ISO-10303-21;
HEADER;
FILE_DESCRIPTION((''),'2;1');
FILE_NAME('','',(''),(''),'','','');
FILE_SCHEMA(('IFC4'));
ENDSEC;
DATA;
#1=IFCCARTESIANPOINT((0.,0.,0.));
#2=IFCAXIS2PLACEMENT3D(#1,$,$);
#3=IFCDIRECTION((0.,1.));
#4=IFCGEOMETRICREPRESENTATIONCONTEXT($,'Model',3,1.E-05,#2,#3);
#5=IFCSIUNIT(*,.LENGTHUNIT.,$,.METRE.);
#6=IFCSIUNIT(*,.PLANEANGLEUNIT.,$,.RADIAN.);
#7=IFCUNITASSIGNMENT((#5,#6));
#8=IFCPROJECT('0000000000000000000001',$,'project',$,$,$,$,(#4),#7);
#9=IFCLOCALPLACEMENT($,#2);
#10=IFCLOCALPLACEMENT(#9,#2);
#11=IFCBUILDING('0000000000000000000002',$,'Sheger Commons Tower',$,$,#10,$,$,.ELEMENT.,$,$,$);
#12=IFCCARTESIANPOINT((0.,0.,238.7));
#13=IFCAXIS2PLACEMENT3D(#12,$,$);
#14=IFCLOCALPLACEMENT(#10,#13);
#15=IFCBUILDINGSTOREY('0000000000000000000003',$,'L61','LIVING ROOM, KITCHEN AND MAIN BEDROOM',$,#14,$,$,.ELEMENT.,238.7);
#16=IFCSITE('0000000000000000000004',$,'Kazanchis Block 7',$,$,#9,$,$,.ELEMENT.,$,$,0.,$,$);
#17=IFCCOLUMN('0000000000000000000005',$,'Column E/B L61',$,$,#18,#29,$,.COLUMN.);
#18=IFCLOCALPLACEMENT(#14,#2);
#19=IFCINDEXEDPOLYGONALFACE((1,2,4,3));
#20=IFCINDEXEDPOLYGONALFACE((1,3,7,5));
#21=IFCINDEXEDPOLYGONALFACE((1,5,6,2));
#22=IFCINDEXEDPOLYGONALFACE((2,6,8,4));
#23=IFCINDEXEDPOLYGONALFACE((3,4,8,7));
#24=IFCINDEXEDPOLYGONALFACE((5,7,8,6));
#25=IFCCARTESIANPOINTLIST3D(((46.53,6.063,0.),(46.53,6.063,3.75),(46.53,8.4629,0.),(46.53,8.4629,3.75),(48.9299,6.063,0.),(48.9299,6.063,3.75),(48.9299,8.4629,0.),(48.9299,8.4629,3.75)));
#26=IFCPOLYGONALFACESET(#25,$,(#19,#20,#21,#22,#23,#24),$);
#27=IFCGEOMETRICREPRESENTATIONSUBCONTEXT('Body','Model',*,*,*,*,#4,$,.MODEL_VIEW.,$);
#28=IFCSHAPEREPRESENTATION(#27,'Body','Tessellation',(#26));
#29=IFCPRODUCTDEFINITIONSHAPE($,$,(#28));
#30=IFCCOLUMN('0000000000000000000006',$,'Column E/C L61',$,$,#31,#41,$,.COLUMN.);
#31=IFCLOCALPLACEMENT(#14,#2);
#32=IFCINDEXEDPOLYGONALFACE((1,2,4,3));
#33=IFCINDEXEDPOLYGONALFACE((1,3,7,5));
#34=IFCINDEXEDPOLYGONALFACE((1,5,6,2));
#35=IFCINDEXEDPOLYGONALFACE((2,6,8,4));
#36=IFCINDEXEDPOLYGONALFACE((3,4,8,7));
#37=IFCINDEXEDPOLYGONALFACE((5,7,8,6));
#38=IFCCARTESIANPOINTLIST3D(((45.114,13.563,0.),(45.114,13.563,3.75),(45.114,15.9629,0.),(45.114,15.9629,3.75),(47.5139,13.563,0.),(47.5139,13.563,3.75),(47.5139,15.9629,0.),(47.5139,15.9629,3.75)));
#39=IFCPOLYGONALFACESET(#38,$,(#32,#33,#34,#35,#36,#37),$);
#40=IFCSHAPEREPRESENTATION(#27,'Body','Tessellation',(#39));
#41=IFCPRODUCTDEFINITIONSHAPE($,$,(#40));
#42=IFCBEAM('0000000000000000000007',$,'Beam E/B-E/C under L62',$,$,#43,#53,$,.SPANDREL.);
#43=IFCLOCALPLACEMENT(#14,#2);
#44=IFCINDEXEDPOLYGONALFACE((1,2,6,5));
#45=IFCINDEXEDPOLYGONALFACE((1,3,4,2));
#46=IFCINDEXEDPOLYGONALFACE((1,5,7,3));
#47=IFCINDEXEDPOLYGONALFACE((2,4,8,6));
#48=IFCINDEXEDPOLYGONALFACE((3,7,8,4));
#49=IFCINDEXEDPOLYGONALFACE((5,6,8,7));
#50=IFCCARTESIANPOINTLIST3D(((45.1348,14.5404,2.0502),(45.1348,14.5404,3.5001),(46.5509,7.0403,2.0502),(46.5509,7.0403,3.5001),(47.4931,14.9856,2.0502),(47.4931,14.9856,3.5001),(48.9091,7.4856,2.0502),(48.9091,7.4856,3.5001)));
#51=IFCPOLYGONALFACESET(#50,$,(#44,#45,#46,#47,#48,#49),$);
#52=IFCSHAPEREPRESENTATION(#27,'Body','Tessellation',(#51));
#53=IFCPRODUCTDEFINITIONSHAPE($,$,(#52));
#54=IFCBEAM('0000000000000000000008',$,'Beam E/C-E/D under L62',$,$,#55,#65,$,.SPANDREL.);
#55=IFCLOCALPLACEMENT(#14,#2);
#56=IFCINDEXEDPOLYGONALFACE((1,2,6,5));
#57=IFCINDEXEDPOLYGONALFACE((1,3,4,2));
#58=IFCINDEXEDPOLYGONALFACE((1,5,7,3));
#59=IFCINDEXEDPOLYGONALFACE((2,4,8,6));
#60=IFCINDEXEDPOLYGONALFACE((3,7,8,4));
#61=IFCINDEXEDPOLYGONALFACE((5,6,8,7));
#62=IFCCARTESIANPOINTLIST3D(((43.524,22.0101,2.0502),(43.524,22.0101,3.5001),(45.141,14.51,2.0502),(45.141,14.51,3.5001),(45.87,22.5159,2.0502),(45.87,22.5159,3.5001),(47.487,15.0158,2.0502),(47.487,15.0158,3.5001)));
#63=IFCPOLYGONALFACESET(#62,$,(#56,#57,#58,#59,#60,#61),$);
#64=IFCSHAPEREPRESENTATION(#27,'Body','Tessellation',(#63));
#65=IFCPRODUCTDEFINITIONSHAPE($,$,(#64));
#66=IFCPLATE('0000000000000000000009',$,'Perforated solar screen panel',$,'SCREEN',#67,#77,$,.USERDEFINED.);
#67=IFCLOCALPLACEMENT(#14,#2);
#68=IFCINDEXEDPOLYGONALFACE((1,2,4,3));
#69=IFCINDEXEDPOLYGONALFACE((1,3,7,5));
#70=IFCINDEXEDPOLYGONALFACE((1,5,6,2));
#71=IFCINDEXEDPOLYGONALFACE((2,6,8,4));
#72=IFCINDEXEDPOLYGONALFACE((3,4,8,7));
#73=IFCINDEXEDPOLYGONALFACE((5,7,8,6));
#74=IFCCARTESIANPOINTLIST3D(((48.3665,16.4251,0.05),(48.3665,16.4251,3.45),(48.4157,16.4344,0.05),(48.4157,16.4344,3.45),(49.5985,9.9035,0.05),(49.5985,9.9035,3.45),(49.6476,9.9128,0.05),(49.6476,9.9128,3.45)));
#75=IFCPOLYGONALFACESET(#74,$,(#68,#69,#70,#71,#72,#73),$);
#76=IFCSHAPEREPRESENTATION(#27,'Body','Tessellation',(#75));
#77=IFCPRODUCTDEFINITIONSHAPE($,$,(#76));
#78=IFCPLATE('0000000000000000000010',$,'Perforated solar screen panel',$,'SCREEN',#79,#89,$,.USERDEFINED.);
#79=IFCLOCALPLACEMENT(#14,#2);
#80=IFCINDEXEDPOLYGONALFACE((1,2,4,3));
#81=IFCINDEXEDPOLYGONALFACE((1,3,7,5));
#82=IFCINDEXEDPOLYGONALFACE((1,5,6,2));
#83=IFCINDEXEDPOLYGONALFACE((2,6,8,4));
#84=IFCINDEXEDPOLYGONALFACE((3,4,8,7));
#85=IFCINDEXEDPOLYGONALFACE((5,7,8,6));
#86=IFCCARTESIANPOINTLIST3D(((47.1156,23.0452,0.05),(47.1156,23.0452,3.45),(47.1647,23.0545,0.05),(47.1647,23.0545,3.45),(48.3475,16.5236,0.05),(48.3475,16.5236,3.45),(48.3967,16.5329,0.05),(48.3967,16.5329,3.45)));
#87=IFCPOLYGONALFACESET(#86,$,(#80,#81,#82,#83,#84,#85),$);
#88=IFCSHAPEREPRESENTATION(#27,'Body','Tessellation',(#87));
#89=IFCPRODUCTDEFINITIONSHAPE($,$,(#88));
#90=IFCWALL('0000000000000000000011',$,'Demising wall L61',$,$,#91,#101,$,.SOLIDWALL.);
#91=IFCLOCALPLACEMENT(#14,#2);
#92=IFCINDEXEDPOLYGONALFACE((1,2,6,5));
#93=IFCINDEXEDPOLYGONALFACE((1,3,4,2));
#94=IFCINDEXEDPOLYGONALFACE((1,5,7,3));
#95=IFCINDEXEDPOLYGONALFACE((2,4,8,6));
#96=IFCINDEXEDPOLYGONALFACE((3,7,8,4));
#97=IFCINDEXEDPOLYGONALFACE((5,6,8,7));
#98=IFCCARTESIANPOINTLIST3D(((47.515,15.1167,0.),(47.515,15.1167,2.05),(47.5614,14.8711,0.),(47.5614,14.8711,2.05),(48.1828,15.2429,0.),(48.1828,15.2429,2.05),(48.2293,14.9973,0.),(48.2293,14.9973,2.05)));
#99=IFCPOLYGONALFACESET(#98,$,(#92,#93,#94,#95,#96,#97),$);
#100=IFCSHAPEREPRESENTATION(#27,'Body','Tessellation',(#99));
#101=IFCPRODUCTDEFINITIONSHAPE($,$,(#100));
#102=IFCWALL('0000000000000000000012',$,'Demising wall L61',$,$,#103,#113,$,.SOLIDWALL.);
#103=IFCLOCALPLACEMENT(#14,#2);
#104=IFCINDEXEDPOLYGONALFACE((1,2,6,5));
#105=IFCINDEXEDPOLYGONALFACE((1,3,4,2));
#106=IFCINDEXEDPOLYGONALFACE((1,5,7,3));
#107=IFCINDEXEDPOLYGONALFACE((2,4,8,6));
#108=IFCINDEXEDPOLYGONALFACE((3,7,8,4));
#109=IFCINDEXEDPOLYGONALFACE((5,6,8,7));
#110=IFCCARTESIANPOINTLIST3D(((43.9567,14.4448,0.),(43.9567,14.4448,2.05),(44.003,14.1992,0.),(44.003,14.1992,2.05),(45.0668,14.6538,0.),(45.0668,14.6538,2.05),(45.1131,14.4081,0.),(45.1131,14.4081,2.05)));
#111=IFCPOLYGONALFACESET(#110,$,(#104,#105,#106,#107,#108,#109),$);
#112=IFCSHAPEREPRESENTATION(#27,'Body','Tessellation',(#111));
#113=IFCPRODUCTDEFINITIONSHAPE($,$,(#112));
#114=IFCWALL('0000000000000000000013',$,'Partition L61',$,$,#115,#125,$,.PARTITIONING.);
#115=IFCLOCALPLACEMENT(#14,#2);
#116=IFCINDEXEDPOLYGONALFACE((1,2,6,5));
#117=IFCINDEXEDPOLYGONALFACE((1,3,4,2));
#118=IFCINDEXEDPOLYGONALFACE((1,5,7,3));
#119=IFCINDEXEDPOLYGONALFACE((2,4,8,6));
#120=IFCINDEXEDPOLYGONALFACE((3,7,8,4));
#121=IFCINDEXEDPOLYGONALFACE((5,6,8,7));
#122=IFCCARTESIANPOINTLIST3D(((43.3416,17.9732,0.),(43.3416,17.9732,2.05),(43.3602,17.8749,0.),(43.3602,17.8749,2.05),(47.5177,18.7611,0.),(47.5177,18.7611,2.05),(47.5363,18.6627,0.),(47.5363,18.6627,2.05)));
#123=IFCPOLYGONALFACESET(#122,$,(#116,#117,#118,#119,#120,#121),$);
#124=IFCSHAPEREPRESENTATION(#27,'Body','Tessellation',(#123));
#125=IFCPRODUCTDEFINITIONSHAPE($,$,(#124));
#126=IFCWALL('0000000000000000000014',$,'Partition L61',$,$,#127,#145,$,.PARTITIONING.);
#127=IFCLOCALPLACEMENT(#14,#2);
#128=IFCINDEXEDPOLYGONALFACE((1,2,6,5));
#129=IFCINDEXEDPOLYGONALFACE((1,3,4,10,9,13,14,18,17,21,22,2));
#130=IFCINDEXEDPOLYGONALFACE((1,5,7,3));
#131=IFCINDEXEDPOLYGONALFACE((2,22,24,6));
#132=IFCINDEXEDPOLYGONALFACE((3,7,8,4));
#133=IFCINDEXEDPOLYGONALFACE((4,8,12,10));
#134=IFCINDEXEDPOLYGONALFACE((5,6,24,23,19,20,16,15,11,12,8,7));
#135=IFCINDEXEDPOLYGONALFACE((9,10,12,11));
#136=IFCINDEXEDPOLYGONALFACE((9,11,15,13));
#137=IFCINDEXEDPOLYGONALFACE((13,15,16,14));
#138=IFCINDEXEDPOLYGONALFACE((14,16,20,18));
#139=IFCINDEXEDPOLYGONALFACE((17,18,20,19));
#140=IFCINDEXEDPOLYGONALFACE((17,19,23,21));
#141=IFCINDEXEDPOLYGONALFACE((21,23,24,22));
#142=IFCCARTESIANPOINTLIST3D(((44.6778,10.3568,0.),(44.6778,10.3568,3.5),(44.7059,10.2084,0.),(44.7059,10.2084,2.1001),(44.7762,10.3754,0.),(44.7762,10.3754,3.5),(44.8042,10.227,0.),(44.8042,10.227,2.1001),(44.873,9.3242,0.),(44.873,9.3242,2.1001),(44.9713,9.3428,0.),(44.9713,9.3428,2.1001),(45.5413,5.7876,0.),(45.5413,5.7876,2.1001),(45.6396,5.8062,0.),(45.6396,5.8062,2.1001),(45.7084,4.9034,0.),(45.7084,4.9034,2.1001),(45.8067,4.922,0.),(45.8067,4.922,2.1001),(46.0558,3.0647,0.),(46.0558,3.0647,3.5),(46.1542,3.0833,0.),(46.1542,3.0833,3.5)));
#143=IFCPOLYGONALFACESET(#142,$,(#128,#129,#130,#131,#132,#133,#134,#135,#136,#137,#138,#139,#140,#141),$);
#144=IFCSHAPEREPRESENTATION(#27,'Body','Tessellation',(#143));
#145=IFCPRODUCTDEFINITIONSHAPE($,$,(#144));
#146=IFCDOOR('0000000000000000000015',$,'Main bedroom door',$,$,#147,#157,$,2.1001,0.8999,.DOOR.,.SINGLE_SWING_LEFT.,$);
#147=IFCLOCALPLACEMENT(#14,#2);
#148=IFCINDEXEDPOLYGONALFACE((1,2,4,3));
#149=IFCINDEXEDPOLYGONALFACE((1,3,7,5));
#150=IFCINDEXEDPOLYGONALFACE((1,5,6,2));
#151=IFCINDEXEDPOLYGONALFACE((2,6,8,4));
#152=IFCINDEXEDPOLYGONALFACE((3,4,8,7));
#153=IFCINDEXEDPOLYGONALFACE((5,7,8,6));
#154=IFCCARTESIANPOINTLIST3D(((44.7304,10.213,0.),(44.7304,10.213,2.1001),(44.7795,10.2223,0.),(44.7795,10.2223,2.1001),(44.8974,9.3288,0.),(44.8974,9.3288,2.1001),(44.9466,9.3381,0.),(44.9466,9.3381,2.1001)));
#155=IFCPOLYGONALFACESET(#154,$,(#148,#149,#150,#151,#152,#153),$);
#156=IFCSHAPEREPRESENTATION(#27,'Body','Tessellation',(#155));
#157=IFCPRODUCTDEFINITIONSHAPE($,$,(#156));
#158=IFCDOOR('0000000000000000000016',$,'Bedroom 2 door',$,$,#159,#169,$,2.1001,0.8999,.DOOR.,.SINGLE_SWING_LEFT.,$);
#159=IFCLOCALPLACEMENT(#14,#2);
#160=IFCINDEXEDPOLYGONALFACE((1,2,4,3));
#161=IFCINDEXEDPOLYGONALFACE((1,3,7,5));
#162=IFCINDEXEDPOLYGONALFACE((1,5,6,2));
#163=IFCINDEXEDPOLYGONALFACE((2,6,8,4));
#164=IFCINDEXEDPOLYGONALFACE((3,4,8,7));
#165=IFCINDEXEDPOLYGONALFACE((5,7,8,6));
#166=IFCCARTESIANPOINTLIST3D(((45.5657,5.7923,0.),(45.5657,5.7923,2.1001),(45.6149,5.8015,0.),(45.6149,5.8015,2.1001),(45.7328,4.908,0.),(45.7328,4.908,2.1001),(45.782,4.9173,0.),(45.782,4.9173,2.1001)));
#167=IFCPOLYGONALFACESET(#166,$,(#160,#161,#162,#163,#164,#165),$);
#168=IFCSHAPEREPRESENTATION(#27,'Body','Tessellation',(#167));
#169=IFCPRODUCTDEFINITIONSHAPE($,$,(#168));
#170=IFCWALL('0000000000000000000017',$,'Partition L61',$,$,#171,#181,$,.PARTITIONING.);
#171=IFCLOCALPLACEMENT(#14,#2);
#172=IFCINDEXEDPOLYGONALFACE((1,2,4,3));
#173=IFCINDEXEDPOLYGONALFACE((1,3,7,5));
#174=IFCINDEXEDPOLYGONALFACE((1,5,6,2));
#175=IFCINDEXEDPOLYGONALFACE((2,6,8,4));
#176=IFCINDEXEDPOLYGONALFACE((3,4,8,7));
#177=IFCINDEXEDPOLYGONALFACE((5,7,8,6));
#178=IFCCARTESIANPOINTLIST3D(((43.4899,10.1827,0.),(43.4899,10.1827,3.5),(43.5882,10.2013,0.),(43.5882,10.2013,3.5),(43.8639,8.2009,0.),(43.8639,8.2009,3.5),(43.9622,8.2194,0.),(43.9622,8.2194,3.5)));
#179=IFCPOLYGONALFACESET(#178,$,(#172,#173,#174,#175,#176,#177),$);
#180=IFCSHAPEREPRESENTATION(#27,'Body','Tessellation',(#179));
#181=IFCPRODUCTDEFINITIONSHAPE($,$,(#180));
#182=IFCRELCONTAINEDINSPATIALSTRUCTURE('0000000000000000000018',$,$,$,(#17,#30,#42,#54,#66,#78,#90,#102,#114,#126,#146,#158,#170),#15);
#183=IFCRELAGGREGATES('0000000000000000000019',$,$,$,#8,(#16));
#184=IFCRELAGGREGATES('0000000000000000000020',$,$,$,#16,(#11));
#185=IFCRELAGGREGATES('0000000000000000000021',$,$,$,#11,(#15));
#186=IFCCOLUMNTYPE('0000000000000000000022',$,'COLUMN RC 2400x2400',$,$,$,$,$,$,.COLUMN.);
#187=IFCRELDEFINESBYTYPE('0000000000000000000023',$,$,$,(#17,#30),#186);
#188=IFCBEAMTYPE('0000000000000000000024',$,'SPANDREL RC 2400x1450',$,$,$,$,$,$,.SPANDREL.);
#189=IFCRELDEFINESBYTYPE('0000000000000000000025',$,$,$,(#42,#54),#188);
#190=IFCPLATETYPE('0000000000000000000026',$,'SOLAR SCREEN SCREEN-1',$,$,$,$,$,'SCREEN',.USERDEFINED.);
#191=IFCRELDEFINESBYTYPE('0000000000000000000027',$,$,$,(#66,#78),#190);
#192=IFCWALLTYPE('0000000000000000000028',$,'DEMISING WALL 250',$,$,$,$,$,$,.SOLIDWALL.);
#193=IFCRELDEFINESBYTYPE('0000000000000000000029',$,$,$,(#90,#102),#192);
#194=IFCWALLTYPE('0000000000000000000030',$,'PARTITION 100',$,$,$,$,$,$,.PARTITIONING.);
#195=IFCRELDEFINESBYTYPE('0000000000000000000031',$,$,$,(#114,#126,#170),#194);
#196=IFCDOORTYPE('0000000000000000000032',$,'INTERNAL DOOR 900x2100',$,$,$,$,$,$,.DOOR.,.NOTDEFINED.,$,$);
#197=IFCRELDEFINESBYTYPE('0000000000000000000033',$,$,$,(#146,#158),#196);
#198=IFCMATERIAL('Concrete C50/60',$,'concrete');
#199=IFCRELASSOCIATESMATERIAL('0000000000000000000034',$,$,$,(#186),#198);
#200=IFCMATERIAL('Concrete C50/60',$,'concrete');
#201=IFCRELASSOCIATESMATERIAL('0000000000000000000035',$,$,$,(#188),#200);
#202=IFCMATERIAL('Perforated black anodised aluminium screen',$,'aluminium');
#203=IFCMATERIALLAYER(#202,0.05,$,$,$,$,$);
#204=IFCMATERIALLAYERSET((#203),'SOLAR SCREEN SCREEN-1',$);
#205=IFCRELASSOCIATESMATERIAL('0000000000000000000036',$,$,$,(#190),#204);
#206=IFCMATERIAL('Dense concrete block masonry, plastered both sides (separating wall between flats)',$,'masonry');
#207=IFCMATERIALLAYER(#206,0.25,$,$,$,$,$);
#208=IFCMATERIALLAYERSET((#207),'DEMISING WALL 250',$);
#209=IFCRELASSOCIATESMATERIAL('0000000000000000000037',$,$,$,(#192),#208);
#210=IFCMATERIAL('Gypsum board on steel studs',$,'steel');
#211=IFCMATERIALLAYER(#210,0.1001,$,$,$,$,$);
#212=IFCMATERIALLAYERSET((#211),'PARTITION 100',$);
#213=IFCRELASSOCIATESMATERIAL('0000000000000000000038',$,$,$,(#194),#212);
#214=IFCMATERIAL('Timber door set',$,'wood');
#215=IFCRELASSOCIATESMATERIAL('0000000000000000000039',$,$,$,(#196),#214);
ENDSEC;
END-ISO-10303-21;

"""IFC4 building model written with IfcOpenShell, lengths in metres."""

from ifc_helpers import new_model, si_unit, direction, frame, frame_2d, origin, origin_2d, place, context, subcontext, project, spatial, rectangle, extrude, material, layer, layer_set, material_profile, profile_set, type_object, element, fill, save


model = new_model("IFC4")

# Units and contexts
model_context = context("Model", 3, precision=1e-05, world=origin(), true_north=direction((0.0, 1.0)))
body_context = subcontext(model_context, "Body", "Model", "MODEL_VIEW")
ifc_project = project(units=[si_unit("LENGTHUNIT", "METRE"), si_unit("PLANEANGLEUNIT", "RADIAN")], contexts=[model_context])

# Site, building, storey
site_placement = place(None, origin())
site = spatial("IfcSite", under=ifc_project, at=site_placement, Name="Kazanchis Block 7", CompositionType="ELEMENT", RefElevation=0.0)
building_placement = place(site_placement, origin())
building = spatial("IfcBuilding", under=site, at=building_placement, Name="Sheger Commons Tower", CompositionType="ELEMENT")
storey_placement = place(building_placement, frame((0.0, 0.0, 238.7)))
storey = spatial("IfcBuildingStorey", under=building, at=storey_placement, Name="L61", Description="LIVING ROOM, KITCHEN AND MAIN BEDROOM", CompositionType="ELEMENT", Elevation=238.7)

# Columns
ifc_material_1 = material(Name="Concrete C50/60", Category="concrete")
ifc_material_profile_1 = material_profile(ifc_material_1, rectangle(XDim=2.3999, YDim=2.3999, at=origin_2d()), Name="RC 2400x2400")
ifc_profile_set_1 = profile_set([ifc_material_profile_1], Name="Concrete C50/60")
column_type = type_object("IfcColumnType", Name="COLUMN RC 2400x2400", PredefinedType="COLUMN", material=ifc_profile_set_1)
for number, where, z_axis, x_axis, name in (
    (1, (47.73, 7.2629, 0.0), (0.0, 0.0, 1.0), (1.0, 0.0, 0.0), "Column E/B L61"),
    (2, (46.314, 14.7629, 0.0), (0.0, 0.0, 1.0), (1.0, 0.0, 0.0), "Column E/C L61"),
):
    element("IfcColumn", number, at=place(storey_placement, frame(where, z_axis=z_axis, x_axis=x_axis)), inside=storey, type_object=column_type, Name=name, PredefinedType="COLUMN", context=body_context, shape_type="SweptSolid", body=[
        extrude(rectangle(XDim=2.3999, YDim=2.3999, at=origin_2d()), origin(), (0.0, 0.0, 1.0), 3.75),
    ])

# Beams
ifc_material_2 = material(Name="Concrete C50/60", Category="concrete")
ifc_material_profile_2 = material_profile(ifc_material_2, rectangle(XDim=2.3999, YDim=1.45, at=origin_2d()), Name="RC 2400x1450")
ifc_profile_set_2 = profile_set([ifc_material_profile_2], Name="Concrete C50/60")
beam_type = type_object("IfcBeamType", Name="SPANDREL RC 2400x1450", PredefinedType="SPANDREL", material=ifc_profile_set_2)
beam_1_placement = place(storey_placement, frame((47.73, 7.2629, 2.7751), z_axis=(-0.185524, 0.98264, 0.0), x_axis=(-0.98264, -0.185524, 0.0)))
element("IfcBeam", 3, at=beam_1_placement, inside=storey, type_object=beam_type, Name="Beam E/B-E/C under L62", PredefinedType="SPANDREL", context=body_context, shape_type="SweptSolid", body=[
    extrude(rectangle(XDim=2.3999, YDim=1.45, at=origin_2d()), origin(), (0.0, 0.0, 1.0), 7.6326),
])
beam_2_placement = place(storey_placement, frame((46.314, 14.7629, 2.7751), z_axis=(-0.21075, 0.97754, 0.0), x_axis=(-0.97754, -0.21075, 0.0)))
element("IfcBeam", 4, at=beam_2_placement, inside=storey, type_object=beam_type, Name="Beam E/C-E/D under L62", PredefinedType="SPANDREL", context=body_context, shape_type="SweptSolid", body=[
    extrude(rectangle(XDim=2.3999, YDim=1.45, at=origin_2d()), origin(), (0.0, 0.0, 1.0), 7.6724),
])

# Plates
ifc_material_3 = material(Name="Perforated black anodised aluminium screen", Category="aluminium")
ifc_layer_1 = layer(ifc_material_3, 0.05)
ifc_layer_set_1 = layer_set([ifc_layer_1], Name="SOLAR SCREEN SCREEN-1")
plate_type = type_object("IfcPlateType", Name="SOLAR SCREEN SCREEN-1", ElementType="SCREEN", PredefinedType="USERDEFINED", material=ifc_layer_set_1)
for number, where, z_axis, x_axis, name in (
    (5, (49.0071, 13.1689, 0.05), (0.0, 0.0, 1.0), (-0.185615, 0.982623, 0.0), "Perforated solar screen panel"),
    (6, (47.7561, 19.7891, 0.05), (0.0, 0.0, 1.0), (-0.185615, 0.982623, 0.0), "Perforated solar screen panel"),
):
    element("IfcPlate", number, at=place(storey_placement, frame(where, z_axis=z_axis, x_axis=x_axis)), inside=storey, type_object=plate_type, Name=name, ObjectType="SCREEN", PredefinedType="USERDEFINED", context=body_context, shape_type="SweptSolid", body=[
        extrude(rectangle(XDim=6.637, YDim=0.05, at=origin_2d()), origin(), (0.0, 0.0, 1.0), 3.3999),
    ])

# Walls
ifc_material_4 = material(Name="Dense concrete block masonry, plastered both sides (separating wall between flats)", Category="masonry")
ifc_layer_2 = layer(ifc_material_4, 0.25)
ifc_layer_set_2 = layer_set([ifc_layer_2], Name="DEMISING WALL 250")
wall_type_1 = type_object("IfcWallType", Name="DEMISING WALL 250", PredefinedType="SOLIDWALL", material=ifc_layer_set_2)
wall_1_placement = place(storey_placement, frame((48.2061, 15.1201, 0.0), z_axis=(0.0, 0.0, 1.0), x_axis=(-0.982611, -0.185676, 0.0)))
element("IfcWall", 7, at=wall_1_placement, inside=storey, type_object=wall_type_1, Name="Demising wall L61", PredefinedType="SOLIDWALL", context=body_context, shape_type="SweptSolid", body=[
    extrude(rectangle(XDim=0.6797, YDim=0.25, at=frame_2d((0.3398, 0.0))), origin(), (0.0, 0.0, 1.0), 2.05),
])
wall_2_placement = place(storey_placement, frame((45.0901, 14.531, 0.0), z_axis=(0.0, 0.0, 1.0), x_axis=(-0.982737, -0.185006, 0.0)))
element("IfcWall", 8, at=wall_2_placement, inside=storey, type_object=wall_type_1, Name="Demising wall L61", PredefinedType="SOLIDWALL", context=body_context, shape_type="SweptSolid", body=[
    extrude(rectangle(XDim=1.1296, YDim=0.25, at=frame_2d((0.5649, 0.0))), origin(), (0.0, 0.0, 1.0), 2.05),
])
ifc_material_5 = material(Name="Gypsum board on steel studs", Category="steel")
ifc_layer_3 = layer(ifc_material_5, 0.1001)
ifc_layer_set_3 = layer_set([ifc_layer_3], Name="PARTITION 100")
wall_type_2 = type_object("IfcWallType", Name="PARTITION 100", PredefinedType="PARTITIONING", material=ifc_layer_set_3)
wall_3_placement = place(storey_placement, frame((47.5271, 18.7119, 0.0), z_axis=(0.0, 0.0, 1.0), x_axis=(-0.982665, -0.185388, 0.0)))
element("IfcWall", 9, at=wall_3_placement, inside=storey, type_object=wall_type_2, Name="Partition L61", PredefinedType="PARTITIONING", context=body_context, shape_type="SweptSolid", body=[
    extrude(rectangle(XDim=4.2498, YDim=0.1001, at=frame_2d((2.125, 0.0))), origin(), (0.0, 0.0, 1.0), 2.05),
])

# Wall, openings, doors
wall_4_placement = place(storey_placement, frame((44.7271, 10.366, 0.0), z_axis=(0.0, 0.0, 1.0), x_axis=(0.185679, -0.98261, 0.0)))
wall_4 = element("IfcWall", 10, at=wall_4_placement, inside=storey, type_object=wall_type_2, Name="Partition L61", PredefinedType="PARTITIONING", context=body_context, shape_type="SweptSolid", body=[
    extrude(rectangle(XDim=7.4211, YDim=0.1001, at=frame_2d((3.7104, 0.0))), origin(), (0.0, 0.0, 1.0), 3.5),
])
opening_1_placement = place(wall_4_placement, frame((0.1509, 0.0, 0.0)))
opening_1 = element("IfcOpeningElement", 11, at=opening_1_placement, cuts=wall_4, PredefinedType="OPENING", context=body_context, shape_type="SweptSolid", body=[
    extrude(rectangle(XDim=0.8999, YDim=2.1001, at=frame_2d((0.45, 1.05))), frame((0.0, 0.0601, 0.0), z_axis=(0.0, -1.0, 0.0), x_axis=(1.0, 0.0, 0.0)), (0.0, 0.0, 1.0), 0.1201),
])
opening_2_placement = place(wall_4_placement, frame((4.6499, 0.0, 0.0)))
opening_2 = element("IfcOpeningElement", 12, at=opening_2_placement, cuts=wall_4, PredefinedType="OPENING", context=body_context, shape_type="SweptSolid", body=[
    extrude(rectangle(XDim=0.8999, YDim=2.1001, at=frame_2d((0.45, 1.05))), frame((0.0, 0.0601, 0.0), z_axis=(0.0, -1.0, 0.0), x_axis=(1.0, 0.0, 0.0)), (0.0, 0.0, 1.0), 0.1201),
])
ifc_material_6 = material(Name="Timber door set", Category="wood")
door_type = type_object("IfcDoorType", Name="INTERNAL DOOR 900x2100", OperationType="NOTDEFINED", PredefinedType="DOOR", material=ifc_material_6)
door_1_placement = place(opening_1_placement, origin())
door_1 = element("IfcDoor", 13, at=door_1_placement, inside=storey, type_object=door_type, Name="Main bedroom door", OperationType="SINGLE_SWING_LEFT", OverallHeight=2.1001, OverallWidth=0.8999, PredefinedType="DOOR", context=body_context, shape_type="SweptSolid", body=[
    extrude(rectangle(XDim=0.8999, YDim=2.1001, at=frame_2d((0.45, 1.05))), frame((0.0, 0.0249, 0.0), z_axis=(0.0, -1.0, 0.0), x_axis=(1.0, 0.0, 0.0)), (0.0, 0.0, 1.0), 0.05),
])
fill(opening_1, door_1)
door_2_placement = place(opening_2_placement, origin())
door_2 = element("IfcDoor", 14, at=door_2_placement, inside=storey, type_object=door_type, Name="Bedroom 2 door", OperationType="SINGLE_SWING_LEFT", OverallHeight=2.1001, OverallWidth=0.8999, PredefinedType="DOOR", context=body_context, shape_type="SweptSolid", body=[
    extrude(rectangle(XDim=0.8999, YDim=2.1001, at=frame_2d((0.45, 1.05))), frame((0.0, 0.0249, 0.0), z_axis=(0.0, -1.0, 0.0), x_axis=(1.0, 0.0, 0.0)), (0.0, 0.0, 1.0), 0.05),
])
fill(opening_2, door_2)

# Wall
wall_5_placement = place(storey_placement, frame((43.5391, 10.1919, 0.0), z_axis=(0.0, 0.0, 1.0), x_axis=(0.185443, -0.982655, 0.0)))
element("IfcWall", 15, at=wall_5_placement, inside=storey, type_object=wall_type_2, Name="Partition L61", PredefinedType="PARTITIONING", context=body_context, shape_type="SweptSolid", body=[
    extrude(rectangle(XDim=2.0168, YDim=0.1001, at=frame_2d((1.0083, 0.0))), origin(), (0.0, 0.0, 1.0), 3.5),
])

save(model, "model.ifc")
